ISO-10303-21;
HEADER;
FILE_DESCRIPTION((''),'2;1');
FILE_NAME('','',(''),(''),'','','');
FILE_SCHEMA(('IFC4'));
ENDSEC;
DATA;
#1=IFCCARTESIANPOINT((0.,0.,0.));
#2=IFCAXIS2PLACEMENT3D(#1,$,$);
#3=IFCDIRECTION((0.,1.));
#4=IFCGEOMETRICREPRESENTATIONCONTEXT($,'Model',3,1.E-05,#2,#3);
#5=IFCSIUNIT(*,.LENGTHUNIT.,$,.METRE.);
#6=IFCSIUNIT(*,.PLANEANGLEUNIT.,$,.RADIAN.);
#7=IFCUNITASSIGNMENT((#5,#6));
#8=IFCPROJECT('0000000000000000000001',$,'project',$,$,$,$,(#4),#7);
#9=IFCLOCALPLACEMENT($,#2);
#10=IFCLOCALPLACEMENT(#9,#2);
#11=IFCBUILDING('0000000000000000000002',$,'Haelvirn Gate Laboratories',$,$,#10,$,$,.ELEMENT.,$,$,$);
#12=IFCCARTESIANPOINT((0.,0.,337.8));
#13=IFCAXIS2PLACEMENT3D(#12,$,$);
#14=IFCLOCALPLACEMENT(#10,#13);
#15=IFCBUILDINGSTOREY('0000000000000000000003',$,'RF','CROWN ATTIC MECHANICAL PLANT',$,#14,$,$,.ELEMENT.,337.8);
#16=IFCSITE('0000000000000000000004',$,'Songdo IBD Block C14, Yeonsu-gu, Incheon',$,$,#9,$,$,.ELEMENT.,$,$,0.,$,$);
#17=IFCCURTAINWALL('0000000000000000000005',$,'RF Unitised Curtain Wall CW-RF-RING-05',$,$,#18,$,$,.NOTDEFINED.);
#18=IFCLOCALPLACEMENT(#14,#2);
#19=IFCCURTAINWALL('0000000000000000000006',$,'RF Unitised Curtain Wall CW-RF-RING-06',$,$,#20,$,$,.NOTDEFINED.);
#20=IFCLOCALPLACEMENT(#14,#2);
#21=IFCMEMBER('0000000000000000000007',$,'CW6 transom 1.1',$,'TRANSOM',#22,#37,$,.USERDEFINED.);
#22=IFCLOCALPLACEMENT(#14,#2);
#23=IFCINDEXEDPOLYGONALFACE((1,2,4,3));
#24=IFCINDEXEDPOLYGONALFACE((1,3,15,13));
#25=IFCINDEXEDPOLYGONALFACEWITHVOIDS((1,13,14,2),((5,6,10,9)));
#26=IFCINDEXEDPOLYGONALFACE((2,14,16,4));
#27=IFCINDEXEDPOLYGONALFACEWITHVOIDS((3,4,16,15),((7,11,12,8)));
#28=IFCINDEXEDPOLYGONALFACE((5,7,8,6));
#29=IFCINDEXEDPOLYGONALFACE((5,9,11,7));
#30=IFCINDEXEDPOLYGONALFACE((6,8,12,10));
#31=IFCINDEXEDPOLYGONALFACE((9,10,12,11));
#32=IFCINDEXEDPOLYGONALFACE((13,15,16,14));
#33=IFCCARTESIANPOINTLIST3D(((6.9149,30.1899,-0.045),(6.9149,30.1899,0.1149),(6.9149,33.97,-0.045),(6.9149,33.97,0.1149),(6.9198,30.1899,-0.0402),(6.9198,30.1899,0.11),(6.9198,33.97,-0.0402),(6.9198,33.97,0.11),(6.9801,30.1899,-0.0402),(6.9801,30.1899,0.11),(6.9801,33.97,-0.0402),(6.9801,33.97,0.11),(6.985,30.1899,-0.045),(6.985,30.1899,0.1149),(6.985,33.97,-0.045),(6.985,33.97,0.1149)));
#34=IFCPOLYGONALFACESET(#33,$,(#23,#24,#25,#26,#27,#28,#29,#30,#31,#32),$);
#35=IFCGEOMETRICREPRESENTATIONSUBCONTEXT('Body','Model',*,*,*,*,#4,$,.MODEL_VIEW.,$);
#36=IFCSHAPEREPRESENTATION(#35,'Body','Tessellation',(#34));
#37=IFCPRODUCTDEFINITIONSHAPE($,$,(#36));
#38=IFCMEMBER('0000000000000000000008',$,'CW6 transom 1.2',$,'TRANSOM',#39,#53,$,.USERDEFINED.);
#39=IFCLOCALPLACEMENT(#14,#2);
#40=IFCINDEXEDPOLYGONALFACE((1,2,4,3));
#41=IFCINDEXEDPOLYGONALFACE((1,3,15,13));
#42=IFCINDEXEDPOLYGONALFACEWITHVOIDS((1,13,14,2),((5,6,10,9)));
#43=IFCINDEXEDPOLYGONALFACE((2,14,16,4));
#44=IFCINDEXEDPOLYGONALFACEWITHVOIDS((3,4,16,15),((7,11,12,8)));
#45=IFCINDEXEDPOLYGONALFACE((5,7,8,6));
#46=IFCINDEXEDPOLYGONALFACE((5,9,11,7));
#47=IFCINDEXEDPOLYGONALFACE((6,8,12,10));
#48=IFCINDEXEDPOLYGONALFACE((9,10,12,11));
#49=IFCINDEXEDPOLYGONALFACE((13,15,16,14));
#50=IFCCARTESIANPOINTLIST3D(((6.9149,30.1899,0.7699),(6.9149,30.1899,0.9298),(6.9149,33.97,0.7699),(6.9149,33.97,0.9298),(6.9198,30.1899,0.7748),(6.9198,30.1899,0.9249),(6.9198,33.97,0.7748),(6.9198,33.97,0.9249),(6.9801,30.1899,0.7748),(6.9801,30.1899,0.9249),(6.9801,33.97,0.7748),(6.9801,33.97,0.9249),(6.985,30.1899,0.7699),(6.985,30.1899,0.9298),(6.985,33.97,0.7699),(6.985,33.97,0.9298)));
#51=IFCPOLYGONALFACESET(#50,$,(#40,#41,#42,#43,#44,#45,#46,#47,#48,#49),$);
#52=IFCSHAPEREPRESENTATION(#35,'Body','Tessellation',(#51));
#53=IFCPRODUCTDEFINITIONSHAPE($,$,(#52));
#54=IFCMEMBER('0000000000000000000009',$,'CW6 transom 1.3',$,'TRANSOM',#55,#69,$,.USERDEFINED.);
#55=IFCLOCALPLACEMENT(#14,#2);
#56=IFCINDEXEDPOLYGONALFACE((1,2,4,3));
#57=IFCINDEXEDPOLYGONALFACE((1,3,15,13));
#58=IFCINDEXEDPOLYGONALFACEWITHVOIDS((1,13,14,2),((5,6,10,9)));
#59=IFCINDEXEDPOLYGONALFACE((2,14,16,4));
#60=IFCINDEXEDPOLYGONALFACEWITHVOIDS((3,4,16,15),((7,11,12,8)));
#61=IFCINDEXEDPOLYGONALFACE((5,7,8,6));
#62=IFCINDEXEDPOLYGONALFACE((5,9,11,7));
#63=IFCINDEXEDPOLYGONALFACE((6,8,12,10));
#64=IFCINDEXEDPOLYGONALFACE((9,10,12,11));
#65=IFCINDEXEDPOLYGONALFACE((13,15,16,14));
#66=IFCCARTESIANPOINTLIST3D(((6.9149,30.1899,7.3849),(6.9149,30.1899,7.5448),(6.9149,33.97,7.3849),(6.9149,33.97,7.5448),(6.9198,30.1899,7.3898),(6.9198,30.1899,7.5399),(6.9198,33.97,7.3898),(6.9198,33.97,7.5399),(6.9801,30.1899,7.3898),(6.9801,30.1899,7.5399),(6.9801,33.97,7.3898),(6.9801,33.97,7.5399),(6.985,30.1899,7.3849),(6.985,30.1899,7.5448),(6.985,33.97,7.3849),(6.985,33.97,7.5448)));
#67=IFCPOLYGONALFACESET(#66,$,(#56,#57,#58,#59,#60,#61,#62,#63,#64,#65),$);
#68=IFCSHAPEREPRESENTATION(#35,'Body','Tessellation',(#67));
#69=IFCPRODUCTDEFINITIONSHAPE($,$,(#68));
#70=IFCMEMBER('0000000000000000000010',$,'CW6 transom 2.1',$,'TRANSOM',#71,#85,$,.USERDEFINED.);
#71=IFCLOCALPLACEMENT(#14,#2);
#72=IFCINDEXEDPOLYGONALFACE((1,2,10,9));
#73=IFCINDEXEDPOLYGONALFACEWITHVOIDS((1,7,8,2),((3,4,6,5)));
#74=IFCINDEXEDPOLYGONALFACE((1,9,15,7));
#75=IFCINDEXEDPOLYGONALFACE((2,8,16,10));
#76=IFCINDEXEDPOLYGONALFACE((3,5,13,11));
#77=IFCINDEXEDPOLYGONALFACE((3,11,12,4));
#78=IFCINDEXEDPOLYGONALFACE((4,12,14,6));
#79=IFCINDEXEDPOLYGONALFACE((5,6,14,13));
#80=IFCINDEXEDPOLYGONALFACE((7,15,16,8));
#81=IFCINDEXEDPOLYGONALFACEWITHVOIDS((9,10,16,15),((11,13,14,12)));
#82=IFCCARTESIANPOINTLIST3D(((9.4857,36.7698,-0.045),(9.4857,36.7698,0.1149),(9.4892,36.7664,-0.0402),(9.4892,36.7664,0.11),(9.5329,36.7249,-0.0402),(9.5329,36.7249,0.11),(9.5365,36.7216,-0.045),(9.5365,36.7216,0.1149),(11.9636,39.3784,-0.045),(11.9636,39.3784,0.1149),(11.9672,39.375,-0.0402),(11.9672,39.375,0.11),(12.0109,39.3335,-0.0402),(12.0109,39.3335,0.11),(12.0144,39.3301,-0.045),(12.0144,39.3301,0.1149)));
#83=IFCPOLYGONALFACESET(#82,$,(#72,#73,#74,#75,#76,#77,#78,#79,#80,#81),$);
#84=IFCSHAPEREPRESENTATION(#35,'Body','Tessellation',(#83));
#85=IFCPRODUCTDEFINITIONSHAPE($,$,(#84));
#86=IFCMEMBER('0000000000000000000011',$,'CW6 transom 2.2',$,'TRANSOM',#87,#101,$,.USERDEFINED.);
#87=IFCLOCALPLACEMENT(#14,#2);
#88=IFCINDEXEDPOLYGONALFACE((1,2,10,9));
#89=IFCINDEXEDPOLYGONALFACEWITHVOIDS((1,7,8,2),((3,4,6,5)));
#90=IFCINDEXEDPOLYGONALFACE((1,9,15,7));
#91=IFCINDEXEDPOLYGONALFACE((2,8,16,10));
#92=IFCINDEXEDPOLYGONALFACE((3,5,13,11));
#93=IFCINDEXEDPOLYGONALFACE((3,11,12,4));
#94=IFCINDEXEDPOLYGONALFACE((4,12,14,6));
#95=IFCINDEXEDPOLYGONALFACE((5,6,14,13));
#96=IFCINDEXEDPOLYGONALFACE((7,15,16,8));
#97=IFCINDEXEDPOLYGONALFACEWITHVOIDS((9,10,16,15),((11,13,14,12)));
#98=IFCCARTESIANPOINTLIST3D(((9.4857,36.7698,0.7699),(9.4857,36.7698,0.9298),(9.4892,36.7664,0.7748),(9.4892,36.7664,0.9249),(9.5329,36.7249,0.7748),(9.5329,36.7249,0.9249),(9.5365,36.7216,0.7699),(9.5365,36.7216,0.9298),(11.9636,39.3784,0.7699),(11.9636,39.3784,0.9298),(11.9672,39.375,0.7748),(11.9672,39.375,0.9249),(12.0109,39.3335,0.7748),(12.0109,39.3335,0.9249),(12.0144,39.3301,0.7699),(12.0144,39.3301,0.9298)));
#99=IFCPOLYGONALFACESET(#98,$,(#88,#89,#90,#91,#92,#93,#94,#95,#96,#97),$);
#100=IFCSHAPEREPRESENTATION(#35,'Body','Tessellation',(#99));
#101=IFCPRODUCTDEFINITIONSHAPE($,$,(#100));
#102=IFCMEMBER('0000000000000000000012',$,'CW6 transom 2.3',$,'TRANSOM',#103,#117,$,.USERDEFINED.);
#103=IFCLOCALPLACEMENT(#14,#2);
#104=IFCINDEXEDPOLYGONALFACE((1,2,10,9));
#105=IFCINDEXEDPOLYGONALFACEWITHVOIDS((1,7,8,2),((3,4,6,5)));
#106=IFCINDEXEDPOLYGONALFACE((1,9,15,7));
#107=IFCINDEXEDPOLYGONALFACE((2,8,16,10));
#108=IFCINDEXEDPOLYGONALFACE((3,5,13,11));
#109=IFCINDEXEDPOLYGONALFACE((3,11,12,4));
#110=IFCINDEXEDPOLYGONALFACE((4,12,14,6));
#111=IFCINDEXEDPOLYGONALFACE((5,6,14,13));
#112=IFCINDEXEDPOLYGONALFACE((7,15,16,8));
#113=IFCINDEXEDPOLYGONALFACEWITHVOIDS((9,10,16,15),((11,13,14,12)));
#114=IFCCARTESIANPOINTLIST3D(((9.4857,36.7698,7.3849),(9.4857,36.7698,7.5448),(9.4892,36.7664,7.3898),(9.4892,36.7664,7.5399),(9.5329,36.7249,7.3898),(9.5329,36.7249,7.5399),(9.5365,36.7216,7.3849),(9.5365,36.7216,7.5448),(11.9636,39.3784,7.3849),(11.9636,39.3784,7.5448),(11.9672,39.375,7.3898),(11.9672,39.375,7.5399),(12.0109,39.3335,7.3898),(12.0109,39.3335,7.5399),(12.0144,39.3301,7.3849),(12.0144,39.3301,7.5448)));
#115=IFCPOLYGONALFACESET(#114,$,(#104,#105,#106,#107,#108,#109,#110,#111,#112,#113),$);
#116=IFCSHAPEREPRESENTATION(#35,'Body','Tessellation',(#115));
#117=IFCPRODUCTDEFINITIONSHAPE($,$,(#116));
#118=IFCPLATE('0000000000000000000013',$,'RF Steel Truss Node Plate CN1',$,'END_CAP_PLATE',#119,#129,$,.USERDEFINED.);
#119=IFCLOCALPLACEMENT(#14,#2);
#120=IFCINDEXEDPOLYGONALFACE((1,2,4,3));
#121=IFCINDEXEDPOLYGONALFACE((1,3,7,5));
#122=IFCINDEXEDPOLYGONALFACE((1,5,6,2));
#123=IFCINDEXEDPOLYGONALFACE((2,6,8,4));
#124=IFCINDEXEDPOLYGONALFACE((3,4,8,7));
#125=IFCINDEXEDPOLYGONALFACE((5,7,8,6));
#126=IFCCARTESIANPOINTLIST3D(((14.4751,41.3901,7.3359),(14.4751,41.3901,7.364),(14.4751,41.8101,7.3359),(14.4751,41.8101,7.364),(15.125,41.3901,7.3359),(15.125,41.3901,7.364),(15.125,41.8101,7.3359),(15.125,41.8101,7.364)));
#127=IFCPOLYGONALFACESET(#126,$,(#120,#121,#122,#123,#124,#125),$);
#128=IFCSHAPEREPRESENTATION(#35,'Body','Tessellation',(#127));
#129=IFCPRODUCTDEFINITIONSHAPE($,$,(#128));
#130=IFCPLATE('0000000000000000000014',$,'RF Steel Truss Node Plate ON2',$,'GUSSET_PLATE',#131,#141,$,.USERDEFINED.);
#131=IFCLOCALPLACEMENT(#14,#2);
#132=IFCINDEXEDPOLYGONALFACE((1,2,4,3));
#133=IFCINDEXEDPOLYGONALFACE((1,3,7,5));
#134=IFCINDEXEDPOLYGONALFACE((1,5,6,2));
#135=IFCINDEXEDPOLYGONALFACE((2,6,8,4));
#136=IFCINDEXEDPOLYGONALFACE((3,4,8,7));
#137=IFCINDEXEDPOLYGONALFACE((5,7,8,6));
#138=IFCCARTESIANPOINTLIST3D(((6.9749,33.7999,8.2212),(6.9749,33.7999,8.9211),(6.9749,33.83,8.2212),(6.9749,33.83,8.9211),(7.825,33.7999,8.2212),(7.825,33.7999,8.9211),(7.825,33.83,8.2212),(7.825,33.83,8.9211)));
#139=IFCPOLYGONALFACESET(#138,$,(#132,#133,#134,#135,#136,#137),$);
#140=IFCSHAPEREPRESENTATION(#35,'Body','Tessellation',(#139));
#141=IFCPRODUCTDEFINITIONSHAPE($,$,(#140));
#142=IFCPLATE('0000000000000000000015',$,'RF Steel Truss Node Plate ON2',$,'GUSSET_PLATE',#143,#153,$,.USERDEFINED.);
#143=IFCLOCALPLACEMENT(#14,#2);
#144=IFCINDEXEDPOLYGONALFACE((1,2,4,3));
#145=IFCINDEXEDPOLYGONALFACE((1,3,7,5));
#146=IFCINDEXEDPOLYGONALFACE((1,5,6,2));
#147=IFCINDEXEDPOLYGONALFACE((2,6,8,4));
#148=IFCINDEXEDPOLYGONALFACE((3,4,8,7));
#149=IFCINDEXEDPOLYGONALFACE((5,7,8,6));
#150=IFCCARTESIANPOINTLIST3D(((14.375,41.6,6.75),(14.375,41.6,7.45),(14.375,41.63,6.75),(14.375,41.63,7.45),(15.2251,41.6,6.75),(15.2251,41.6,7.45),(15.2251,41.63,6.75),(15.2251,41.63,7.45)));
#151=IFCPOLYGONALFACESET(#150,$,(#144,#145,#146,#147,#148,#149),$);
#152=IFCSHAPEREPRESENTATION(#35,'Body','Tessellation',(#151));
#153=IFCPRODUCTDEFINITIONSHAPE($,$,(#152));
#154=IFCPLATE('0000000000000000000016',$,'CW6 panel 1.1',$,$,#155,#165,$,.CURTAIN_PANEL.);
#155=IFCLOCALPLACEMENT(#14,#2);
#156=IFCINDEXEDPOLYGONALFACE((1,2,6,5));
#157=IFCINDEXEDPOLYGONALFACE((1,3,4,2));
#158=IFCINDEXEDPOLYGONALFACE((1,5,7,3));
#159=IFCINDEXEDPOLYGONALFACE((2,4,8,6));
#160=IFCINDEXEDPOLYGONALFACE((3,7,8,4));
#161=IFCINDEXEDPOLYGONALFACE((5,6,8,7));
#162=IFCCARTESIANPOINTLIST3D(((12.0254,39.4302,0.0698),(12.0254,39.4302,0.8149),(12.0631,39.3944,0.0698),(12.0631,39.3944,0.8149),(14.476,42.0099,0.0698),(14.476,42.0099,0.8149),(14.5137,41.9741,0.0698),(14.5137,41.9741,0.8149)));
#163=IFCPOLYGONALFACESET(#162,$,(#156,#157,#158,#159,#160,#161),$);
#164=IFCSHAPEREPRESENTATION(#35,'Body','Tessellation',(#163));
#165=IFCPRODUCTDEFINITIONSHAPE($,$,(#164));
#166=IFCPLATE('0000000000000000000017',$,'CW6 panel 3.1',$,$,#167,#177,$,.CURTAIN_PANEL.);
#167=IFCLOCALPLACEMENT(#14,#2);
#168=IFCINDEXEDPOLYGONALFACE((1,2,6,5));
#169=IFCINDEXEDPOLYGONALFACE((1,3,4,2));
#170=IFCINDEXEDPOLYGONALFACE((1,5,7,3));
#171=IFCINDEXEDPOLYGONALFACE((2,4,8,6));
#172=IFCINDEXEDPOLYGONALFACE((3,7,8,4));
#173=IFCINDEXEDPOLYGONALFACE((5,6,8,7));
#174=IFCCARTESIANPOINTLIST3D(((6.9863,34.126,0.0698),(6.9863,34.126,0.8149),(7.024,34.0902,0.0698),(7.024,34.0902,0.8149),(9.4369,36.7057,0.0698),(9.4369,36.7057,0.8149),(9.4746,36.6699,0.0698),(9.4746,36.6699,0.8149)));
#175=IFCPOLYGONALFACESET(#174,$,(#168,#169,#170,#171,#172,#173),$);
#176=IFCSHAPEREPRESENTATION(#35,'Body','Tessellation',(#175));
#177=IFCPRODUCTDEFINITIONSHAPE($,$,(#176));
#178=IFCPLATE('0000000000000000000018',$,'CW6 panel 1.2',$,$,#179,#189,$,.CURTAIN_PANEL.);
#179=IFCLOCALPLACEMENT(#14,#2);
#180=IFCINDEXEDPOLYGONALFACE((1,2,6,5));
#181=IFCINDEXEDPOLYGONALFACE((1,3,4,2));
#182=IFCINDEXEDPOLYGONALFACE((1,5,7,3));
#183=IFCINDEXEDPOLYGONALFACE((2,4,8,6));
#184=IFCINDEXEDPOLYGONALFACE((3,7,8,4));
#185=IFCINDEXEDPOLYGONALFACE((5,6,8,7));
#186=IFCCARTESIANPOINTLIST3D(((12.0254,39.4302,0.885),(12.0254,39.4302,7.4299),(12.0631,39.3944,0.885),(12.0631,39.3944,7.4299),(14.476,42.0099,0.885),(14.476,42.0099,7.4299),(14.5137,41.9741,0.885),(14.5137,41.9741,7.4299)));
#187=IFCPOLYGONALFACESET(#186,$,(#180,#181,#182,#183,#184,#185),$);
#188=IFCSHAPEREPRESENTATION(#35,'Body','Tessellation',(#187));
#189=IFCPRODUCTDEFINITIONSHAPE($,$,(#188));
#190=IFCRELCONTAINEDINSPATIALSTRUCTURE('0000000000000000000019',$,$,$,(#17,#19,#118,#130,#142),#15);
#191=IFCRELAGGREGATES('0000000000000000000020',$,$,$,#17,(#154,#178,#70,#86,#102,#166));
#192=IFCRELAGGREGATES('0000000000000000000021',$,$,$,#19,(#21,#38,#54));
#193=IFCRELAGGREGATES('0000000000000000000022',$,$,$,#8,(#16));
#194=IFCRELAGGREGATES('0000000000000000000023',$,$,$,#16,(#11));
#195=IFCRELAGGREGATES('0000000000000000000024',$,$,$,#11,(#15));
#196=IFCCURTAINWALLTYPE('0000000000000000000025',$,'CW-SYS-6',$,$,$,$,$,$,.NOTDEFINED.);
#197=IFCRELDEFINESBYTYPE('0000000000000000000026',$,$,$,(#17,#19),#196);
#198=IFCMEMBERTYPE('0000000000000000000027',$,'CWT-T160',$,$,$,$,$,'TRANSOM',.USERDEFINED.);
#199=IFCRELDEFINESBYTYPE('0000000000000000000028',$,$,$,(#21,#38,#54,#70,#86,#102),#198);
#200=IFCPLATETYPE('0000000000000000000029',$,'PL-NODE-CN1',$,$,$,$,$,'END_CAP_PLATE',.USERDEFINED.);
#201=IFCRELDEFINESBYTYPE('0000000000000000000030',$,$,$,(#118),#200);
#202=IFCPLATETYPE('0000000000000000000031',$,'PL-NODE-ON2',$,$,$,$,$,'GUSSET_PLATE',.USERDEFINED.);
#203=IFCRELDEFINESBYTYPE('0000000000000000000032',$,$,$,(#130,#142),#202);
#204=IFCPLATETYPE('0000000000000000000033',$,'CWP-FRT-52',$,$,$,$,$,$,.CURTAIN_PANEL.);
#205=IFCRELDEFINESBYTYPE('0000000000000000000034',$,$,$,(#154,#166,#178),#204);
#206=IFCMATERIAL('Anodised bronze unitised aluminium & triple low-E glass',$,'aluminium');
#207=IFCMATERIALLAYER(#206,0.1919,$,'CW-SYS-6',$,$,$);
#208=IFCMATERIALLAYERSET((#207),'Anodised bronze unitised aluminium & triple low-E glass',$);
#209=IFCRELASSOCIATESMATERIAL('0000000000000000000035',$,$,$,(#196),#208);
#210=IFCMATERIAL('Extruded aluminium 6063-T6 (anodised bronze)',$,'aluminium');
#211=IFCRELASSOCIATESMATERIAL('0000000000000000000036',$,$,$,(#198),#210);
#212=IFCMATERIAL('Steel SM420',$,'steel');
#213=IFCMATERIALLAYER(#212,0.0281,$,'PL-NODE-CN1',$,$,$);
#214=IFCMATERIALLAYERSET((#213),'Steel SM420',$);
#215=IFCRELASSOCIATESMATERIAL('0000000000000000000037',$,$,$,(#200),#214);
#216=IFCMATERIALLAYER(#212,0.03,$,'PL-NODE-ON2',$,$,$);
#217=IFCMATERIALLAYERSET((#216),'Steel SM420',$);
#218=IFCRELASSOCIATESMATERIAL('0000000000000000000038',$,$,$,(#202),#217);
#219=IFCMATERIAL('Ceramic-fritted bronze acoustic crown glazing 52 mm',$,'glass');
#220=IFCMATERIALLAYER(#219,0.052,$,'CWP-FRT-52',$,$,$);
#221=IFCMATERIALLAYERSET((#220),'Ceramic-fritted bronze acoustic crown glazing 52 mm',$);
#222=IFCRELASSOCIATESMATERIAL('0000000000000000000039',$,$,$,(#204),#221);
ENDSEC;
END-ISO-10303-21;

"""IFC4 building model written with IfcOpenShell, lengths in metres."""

from ifc_helpers import new_model, si_unit, direction, frame, origin, origin_2d, place, context, subcontext, project, spatial, rectangle, hollow_rectangle, extrude, source, transform, mapped, material, layer, layer_set, material_profile, profile_set, type_object, type_shapes, element, aggregate, save


model = new_model("IFC4")

# Units and contexts
model_context = context("Model", 3, precision=1e-05, world=origin(), true_north=direction((0.0, 1.0)))
body_context = subcontext(model_context, "Body", "Model", "MODEL_VIEW")
ifc_project = project(units=[si_unit("LENGTHUNIT", "METRE"), si_unit("PLANEANGLEUNIT", "RADIAN")], contexts=[model_context])

# Site, building, storey
site_placement = place(None, origin())
site = spatial("IfcSite", under=ifc_project, at=site_placement, Name="Songdo IBD Block C14, Yeonsu-gu, Incheon", CompositionType="ELEMENT", RefElevation=0.0)
building_placement = place(site_placement, origin())
building = spatial("IfcBuilding", under=site, at=building_placement, Name="Haelvirn Gate Laboratories", CompositionType="ELEMENT")
storey_placement = place(building_placement, frame((0.0, 0.0, 337.8)))
storey = spatial("IfcBuildingStorey", under=building, at=storey_placement, Name="RF", Description="CROWN ATTIC MECHANICAL PLANT", CompositionType="ELEMENT", Elevation=337.8)

# Shared definitions
ifc_material_1 = material(Name="Steel SM420", Category="steel")

# Shared definitions
ifc_material_2 = material(Name="Anodised bronze unitised aluminium & triple low-E glass", Category="aluminium")
ifc_layer_1 = layer(ifc_material_2, 0.1919, Name="CW-SYS-6")
ifc_layer_set_1 = layer_set([ifc_layer_1], Name="Anodised bronze unitised aluminium & triple low-E glass")
curtain_wall_type = type_object("IfcCurtainWallType", Name="CW-SYS-6", PredefinedType="NOTDEFINED", material=ifc_layer_set_1)
ifc_material_3 = material(Name="Extruded aluminium 6063-T6 (anodised bronze)", Category="aluminium")

# Curtain wall
curtain_wall_1_placement = place(storey_placement, origin())
curtain_wall_1 = element("IfcCurtainWall", 1, at=curtain_wall_1_placement, inside=storey, type_object=curtain_wall_type, Name="RF Unitised Curtain Wall CW-RF-RING-05", PredefinedType="NOTDEFINED")

# Curtain wall
curtain_wall_2_placement = place(storey_placement, origin())
curtain_wall_2 = element("IfcCurtainWall", 2, at=curtain_wall_2_placement, inside=storey, type_object=curtain_wall_type, Name="RF Unitised Curtain Wall CW-RF-RING-06", PredefinedType="NOTDEFINED")

# Members
ifc_material_profile_1 = material_profile(ifc_material_3, hollow_rectangle(XDim=0.0701, YDim=0.1599, WallThickness=0.0049, at=origin_2d()), Name="CWT-160x70x5")
ifc_profile_set_1 = profile_set([ifc_material_profile_1], Name="Extruded aluminium 6063-T6 (anodised bronze)")
member_type_1 = type_object("IfcMemberType", Name="CWT-T160", ElementType="TRANSOM", PredefinedType="USERDEFINED", material=ifc_profile_set_1)
shared_shape_1 = source(origin(), body_context, "Body", "SweptSolid", [
    extrude(hollow_rectangle(XDim=0.0701, YDim=0.1599, WallThickness=0.0049, at=origin_2d()), origin(), (0.0, 0.0, 1.0), 3.78),
])
member_1_placement = place(storey_placement, frame((6.95, 33.97, 0.0349), z_axis=(0.0, -1.0, 0.0), x_axis=(1.0, 0.0, 0.0)))
member_1 = element("IfcMember", 3, at=member_1_placement, type_object=member_type_1, Name="CW6 transom 1.1", ObjectType="TRANSOM", PredefinedType="USERDEFINED", context=body_context, shape_type="MappedRepresentation", body=[
    mapped(shared_shape_1, transform((0.0, 0.0, 0.0), scale=1.0)),
])
member_2_placement = place(storey_placement, frame((6.95, 33.97, 0.8499), z_axis=(0.0, -1.0, 0.0), x_axis=(1.0, 0.0, 0.0)))
member_2 = element("IfcMember", 4, at=member_2_placement, type_object=member_type_1, Name="CW6 transom 1.2", ObjectType="TRANSOM", PredefinedType="USERDEFINED", context=body_context, shape_type="MappedRepresentation", body=[
    mapped(shared_shape_1, transform((0.0, 0.0, 0.0), scale=1.0)),
])
member_3_placement = place(storey_placement, frame((6.95, 33.97, 7.4648), z_axis=(0.0, -1.0, 0.0), x_axis=(1.0, 0.0, 0.0)))
member_3 = element("IfcMember", 5, at=member_3_placement, type_object=member_type_1, Name="CW6 transom 1.3", ObjectType="TRANSOM", PredefinedType="USERDEFINED", context=body_context, shape_type="MappedRepresentation", body=[
    mapped(shared_shape_1, transform((0.0, 0.0, 0.0), scale=1.0)),
])
shared_shape_2 = source(origin(), body_context, "Body", "SweptSolid", [
    extrude(hollow_rectangle(XDim=0.0701, YDim=0.1599, WallThickness=0.0049, at=origin_2d()), origin(), (0.0, 0.0, 1.0), 3.5979),
])
member_4_placement = place(storey_placement, frame((11.989, 39.3542, 0.0349), z_axis=(-0.688723, -0.725025, 0.0), x_axis=(0.725025, -0.688723, 0.0)))
member_4 = element("IfcMember", 6, at=member_4_placement, type_object=member_type_1, Name="CW6 transom 2.1", ObjectType="TRANSOM", PredefinedType="USERDEFINED", context=body_context, shape_type="MappedRepresentation", body=[
    mapped(shared_shape_2, transform((0.0, 0.0, 0.0), scale=1.0)),
])
member_5_placement = place(storey_placement, frame((11.989, 39.3542, 0.8499), z_axis=(-0.688723, -0.725025, 0.0), x_axis=(0.725025, -0.688723, 0.0)))
member_5 = element("IfcMember", 7, at=member_5_placement, type_object=member_type_1, Name="CW6 transom 2.2", ObjectType="TRANSOM", PredefinedType="USERDEFINED", context=body_context, shape_type="MappedRepresentation", body=[
    mapped(shared_shape_2, transform((0.0, 0.0, 0.0), scale=1.0)),
])
member_6_placement = place(storey_placement, frame((11.989, 39.3542, 7.4648), z_axis=(-0.688723, -0.725025, 0.0), x_axis=(0.725025, -0.688723, 0.0)))
member_6 = element("IfcMember", 8, at=member_6_placement, type_object=member_type_1, Name="CW6 transom 2.3", ObjectType="TRANSOM", PredefinedType="USERDEFINED", context=body_context, shape_type="MappedRepresentation", body=[
    mapped(shared_shape_2, transform((0.0, 0.0, 0.0), scale=1.0)),
])

# Plates
ifc_layer_2 = layer(ifc_material_1, 0.0281, Name="PL-NODE-CN1")
ifc_layer_set_2 = layer_set([ifc_layer_2], Name="Steel SM420")
plate_type_1 = type_object("IfcPlateType", Name="PL-NODE-CN1", ElementType="END_CAP_PLATE", PredefinedType="USERDEFINED", material=ifc_layer_set_2)
shared_shape_3 = source(origin(), body_context, "Body", "SweptSolid", [
    extrude(rectangle(XDim=0.6499, YDim=0.4199, at=origin_2d()), origin(), (0.0, 0.0, 1.0), 0.0281),
])
type_shapes(plate_type_1, [shared_shape_3])
plate_1_placement = place(storey_placement, frame((14.8, 41.6001, 7.3359), z_axis=(0.0, 0.0, 1.0), x_axis=(1.0, 0.0, 0.0)))
element("IfcPlate", 9, at=plate_1_placement, inside=storey, type_object=plate_type_1, Name="RF Steel Truss Node Plate CN1", ObjectType="END_CAP_PLATE", PredefinedType="USERDEFINED", context=body_context, shape_type="MappedRepresentation", body=[
    mapped(shared_shape_3, transform((0.0, 0.0, 0.0), scale=1.0)),
])
ifc_layer_3 = layer(ifc_material_1, 0.03, Name="PL-NODE-ON2")
ifc_layer_set_3 = layer_set([ifc_layer_3], Name="Steel SM420")
plate_type_2 = type_object("IfcPlateType", Name="PL-NODE-ON2", ElementType="GUSSET_PLATE", PredefinedType="USERDEFINED", material=ifc_layer_set_3)
shared_shape_4 = source(origin(), body_context, "Body", "SweptSolid", [
    extrude(rectangle(XDim=0.8501, YDim=0.03, at=origin_2d()), origin(), (0.0, 0.0, 1.0), 0.7),
])
type_shapes(plate_type_2, [shared_shape_4])
for number, where, z_axis, x_axis, name in (
    (10, (7.3999, 33.8149, 8.2212), (0.0, 0.0, 1.0), (1.0, 0.0, 0.0), "RF Steel Truss Node Plate ON2"),
    (11, (14.8, 41.615, 6.75), (0.0, 0.0, 1.0), (1.0, 0.0, 0.0), "RF Steel Truss Node Plate ON2"),
):
    element("IfcPlate", number, at=place(storey_placement, frame(where, z_axis=z_axis, x_axis=x_axis)), inside=storey, type_object=plate_type_2, Name=name, ObjectType="GUSSET_PLATE", PredefinedType="USERDEFINED", context=body_context, shape_type="MappedRepresentation", body=[
        mapped(shared_shape_4, transform((0.0, 0.0, 0.0), scale=1.0)),
    ])

# Plates
ifc_material_4 = material(Name="Ceramic-fritted bronze acoustic crown glazing 52 mm", Category="glass")
ifc_layer_4 = layer(ifc_material_4, 0.052, Name="CWP-FRT-52")
ifc_layer_set_4 = layer_set([ifc_layer_4], Name="Ceramic-fritted bronze acoustic crown glazing 52 mm")
plate_type_3 = type_object("IfcPlateType", Name="CWP-FRT-52", PredefinedType="CURTAIN_PANEL", material=ifc_layer_set_4)
shared_shape_5 = source(origin(), body_context, "Body", "SweptSolid", [
    extrude(rectangle(XDim=3.5581, YDim=0.052, at=origin_2d()), origin(), (0.0, 0.0, 1.0), 0.7451),
])
plate_2_placement = place(storey_placement, frame((13.2695, 40.7021, 0.0698), z_axis=(0.0, 0.0, 1.0), x_axis=(-0.688749, -0.724999, 0.0)))
plate_2 = element("IfcPlate", 12, at=plate_2_placement, type_object=plate_type_3, Name="CW6 panel 1.1", PredefinedType="CURTAIN_PANEL", context=body_context, shape_type="MappedRepresentation", body=[
    mapped(shared_shape_5, transform((0.0, 0.0, 0.0), scale=1.0)),
])
plate_3_placement = place(storey_placement, frame((8.2305, 35.3979, 0.0698), z_axis=(0.0, 0.0, 1.0), x_axis=(-0.688749, -0.724999, 0.0)))
plate_3 = element("IfcPlate", 13, at=plate_3_placement, type_object=plate_type_3, Name="CW6 panel 3.1", PredefinedType="CURTAIN_PANEL", context=body_context, shape_type="MappedRepresentation", body=[
    mapped(shared_shape_5, transform((0.0, 0.0, 0.0), scale=1.0)),
])
shared_shape_6 = source(origin(), body_context, "Body", "SweptSolid", [
    extrude(rectangle(XDim=3.5581, YDim=0.052, at=origin_2d()), origin(), (0.0, 0.0, 1.0), 6.5449),
])
plate_4_placement = place(storey_placement, frame((13.2695, 40.7021, 0.885), z_axis=(0.0, 0.0, 1.0), x_axis=(-0.688749, -0.724999, 0.0)))
plate_4 = element("IfcPlate", 14, at=plate_4_placement, type_object=plate_type_3, Name="CW6 panel 1.2", PredefinedType="CURTAIN_PANEL", context=body_context, shape_type="MappedRepresentation", body=[
    mapped(shared_shape_6, transform((0.0, 0.0, 0.0), scale=1.0)),
])
aggregate(curtain_wall_1, [plate_2, plate_4, member_4, member_5, member_6, plate_3])
aggregate(curtain_wall_2, [member_1, member_2, member_3])

save(model, "model.ifc")
